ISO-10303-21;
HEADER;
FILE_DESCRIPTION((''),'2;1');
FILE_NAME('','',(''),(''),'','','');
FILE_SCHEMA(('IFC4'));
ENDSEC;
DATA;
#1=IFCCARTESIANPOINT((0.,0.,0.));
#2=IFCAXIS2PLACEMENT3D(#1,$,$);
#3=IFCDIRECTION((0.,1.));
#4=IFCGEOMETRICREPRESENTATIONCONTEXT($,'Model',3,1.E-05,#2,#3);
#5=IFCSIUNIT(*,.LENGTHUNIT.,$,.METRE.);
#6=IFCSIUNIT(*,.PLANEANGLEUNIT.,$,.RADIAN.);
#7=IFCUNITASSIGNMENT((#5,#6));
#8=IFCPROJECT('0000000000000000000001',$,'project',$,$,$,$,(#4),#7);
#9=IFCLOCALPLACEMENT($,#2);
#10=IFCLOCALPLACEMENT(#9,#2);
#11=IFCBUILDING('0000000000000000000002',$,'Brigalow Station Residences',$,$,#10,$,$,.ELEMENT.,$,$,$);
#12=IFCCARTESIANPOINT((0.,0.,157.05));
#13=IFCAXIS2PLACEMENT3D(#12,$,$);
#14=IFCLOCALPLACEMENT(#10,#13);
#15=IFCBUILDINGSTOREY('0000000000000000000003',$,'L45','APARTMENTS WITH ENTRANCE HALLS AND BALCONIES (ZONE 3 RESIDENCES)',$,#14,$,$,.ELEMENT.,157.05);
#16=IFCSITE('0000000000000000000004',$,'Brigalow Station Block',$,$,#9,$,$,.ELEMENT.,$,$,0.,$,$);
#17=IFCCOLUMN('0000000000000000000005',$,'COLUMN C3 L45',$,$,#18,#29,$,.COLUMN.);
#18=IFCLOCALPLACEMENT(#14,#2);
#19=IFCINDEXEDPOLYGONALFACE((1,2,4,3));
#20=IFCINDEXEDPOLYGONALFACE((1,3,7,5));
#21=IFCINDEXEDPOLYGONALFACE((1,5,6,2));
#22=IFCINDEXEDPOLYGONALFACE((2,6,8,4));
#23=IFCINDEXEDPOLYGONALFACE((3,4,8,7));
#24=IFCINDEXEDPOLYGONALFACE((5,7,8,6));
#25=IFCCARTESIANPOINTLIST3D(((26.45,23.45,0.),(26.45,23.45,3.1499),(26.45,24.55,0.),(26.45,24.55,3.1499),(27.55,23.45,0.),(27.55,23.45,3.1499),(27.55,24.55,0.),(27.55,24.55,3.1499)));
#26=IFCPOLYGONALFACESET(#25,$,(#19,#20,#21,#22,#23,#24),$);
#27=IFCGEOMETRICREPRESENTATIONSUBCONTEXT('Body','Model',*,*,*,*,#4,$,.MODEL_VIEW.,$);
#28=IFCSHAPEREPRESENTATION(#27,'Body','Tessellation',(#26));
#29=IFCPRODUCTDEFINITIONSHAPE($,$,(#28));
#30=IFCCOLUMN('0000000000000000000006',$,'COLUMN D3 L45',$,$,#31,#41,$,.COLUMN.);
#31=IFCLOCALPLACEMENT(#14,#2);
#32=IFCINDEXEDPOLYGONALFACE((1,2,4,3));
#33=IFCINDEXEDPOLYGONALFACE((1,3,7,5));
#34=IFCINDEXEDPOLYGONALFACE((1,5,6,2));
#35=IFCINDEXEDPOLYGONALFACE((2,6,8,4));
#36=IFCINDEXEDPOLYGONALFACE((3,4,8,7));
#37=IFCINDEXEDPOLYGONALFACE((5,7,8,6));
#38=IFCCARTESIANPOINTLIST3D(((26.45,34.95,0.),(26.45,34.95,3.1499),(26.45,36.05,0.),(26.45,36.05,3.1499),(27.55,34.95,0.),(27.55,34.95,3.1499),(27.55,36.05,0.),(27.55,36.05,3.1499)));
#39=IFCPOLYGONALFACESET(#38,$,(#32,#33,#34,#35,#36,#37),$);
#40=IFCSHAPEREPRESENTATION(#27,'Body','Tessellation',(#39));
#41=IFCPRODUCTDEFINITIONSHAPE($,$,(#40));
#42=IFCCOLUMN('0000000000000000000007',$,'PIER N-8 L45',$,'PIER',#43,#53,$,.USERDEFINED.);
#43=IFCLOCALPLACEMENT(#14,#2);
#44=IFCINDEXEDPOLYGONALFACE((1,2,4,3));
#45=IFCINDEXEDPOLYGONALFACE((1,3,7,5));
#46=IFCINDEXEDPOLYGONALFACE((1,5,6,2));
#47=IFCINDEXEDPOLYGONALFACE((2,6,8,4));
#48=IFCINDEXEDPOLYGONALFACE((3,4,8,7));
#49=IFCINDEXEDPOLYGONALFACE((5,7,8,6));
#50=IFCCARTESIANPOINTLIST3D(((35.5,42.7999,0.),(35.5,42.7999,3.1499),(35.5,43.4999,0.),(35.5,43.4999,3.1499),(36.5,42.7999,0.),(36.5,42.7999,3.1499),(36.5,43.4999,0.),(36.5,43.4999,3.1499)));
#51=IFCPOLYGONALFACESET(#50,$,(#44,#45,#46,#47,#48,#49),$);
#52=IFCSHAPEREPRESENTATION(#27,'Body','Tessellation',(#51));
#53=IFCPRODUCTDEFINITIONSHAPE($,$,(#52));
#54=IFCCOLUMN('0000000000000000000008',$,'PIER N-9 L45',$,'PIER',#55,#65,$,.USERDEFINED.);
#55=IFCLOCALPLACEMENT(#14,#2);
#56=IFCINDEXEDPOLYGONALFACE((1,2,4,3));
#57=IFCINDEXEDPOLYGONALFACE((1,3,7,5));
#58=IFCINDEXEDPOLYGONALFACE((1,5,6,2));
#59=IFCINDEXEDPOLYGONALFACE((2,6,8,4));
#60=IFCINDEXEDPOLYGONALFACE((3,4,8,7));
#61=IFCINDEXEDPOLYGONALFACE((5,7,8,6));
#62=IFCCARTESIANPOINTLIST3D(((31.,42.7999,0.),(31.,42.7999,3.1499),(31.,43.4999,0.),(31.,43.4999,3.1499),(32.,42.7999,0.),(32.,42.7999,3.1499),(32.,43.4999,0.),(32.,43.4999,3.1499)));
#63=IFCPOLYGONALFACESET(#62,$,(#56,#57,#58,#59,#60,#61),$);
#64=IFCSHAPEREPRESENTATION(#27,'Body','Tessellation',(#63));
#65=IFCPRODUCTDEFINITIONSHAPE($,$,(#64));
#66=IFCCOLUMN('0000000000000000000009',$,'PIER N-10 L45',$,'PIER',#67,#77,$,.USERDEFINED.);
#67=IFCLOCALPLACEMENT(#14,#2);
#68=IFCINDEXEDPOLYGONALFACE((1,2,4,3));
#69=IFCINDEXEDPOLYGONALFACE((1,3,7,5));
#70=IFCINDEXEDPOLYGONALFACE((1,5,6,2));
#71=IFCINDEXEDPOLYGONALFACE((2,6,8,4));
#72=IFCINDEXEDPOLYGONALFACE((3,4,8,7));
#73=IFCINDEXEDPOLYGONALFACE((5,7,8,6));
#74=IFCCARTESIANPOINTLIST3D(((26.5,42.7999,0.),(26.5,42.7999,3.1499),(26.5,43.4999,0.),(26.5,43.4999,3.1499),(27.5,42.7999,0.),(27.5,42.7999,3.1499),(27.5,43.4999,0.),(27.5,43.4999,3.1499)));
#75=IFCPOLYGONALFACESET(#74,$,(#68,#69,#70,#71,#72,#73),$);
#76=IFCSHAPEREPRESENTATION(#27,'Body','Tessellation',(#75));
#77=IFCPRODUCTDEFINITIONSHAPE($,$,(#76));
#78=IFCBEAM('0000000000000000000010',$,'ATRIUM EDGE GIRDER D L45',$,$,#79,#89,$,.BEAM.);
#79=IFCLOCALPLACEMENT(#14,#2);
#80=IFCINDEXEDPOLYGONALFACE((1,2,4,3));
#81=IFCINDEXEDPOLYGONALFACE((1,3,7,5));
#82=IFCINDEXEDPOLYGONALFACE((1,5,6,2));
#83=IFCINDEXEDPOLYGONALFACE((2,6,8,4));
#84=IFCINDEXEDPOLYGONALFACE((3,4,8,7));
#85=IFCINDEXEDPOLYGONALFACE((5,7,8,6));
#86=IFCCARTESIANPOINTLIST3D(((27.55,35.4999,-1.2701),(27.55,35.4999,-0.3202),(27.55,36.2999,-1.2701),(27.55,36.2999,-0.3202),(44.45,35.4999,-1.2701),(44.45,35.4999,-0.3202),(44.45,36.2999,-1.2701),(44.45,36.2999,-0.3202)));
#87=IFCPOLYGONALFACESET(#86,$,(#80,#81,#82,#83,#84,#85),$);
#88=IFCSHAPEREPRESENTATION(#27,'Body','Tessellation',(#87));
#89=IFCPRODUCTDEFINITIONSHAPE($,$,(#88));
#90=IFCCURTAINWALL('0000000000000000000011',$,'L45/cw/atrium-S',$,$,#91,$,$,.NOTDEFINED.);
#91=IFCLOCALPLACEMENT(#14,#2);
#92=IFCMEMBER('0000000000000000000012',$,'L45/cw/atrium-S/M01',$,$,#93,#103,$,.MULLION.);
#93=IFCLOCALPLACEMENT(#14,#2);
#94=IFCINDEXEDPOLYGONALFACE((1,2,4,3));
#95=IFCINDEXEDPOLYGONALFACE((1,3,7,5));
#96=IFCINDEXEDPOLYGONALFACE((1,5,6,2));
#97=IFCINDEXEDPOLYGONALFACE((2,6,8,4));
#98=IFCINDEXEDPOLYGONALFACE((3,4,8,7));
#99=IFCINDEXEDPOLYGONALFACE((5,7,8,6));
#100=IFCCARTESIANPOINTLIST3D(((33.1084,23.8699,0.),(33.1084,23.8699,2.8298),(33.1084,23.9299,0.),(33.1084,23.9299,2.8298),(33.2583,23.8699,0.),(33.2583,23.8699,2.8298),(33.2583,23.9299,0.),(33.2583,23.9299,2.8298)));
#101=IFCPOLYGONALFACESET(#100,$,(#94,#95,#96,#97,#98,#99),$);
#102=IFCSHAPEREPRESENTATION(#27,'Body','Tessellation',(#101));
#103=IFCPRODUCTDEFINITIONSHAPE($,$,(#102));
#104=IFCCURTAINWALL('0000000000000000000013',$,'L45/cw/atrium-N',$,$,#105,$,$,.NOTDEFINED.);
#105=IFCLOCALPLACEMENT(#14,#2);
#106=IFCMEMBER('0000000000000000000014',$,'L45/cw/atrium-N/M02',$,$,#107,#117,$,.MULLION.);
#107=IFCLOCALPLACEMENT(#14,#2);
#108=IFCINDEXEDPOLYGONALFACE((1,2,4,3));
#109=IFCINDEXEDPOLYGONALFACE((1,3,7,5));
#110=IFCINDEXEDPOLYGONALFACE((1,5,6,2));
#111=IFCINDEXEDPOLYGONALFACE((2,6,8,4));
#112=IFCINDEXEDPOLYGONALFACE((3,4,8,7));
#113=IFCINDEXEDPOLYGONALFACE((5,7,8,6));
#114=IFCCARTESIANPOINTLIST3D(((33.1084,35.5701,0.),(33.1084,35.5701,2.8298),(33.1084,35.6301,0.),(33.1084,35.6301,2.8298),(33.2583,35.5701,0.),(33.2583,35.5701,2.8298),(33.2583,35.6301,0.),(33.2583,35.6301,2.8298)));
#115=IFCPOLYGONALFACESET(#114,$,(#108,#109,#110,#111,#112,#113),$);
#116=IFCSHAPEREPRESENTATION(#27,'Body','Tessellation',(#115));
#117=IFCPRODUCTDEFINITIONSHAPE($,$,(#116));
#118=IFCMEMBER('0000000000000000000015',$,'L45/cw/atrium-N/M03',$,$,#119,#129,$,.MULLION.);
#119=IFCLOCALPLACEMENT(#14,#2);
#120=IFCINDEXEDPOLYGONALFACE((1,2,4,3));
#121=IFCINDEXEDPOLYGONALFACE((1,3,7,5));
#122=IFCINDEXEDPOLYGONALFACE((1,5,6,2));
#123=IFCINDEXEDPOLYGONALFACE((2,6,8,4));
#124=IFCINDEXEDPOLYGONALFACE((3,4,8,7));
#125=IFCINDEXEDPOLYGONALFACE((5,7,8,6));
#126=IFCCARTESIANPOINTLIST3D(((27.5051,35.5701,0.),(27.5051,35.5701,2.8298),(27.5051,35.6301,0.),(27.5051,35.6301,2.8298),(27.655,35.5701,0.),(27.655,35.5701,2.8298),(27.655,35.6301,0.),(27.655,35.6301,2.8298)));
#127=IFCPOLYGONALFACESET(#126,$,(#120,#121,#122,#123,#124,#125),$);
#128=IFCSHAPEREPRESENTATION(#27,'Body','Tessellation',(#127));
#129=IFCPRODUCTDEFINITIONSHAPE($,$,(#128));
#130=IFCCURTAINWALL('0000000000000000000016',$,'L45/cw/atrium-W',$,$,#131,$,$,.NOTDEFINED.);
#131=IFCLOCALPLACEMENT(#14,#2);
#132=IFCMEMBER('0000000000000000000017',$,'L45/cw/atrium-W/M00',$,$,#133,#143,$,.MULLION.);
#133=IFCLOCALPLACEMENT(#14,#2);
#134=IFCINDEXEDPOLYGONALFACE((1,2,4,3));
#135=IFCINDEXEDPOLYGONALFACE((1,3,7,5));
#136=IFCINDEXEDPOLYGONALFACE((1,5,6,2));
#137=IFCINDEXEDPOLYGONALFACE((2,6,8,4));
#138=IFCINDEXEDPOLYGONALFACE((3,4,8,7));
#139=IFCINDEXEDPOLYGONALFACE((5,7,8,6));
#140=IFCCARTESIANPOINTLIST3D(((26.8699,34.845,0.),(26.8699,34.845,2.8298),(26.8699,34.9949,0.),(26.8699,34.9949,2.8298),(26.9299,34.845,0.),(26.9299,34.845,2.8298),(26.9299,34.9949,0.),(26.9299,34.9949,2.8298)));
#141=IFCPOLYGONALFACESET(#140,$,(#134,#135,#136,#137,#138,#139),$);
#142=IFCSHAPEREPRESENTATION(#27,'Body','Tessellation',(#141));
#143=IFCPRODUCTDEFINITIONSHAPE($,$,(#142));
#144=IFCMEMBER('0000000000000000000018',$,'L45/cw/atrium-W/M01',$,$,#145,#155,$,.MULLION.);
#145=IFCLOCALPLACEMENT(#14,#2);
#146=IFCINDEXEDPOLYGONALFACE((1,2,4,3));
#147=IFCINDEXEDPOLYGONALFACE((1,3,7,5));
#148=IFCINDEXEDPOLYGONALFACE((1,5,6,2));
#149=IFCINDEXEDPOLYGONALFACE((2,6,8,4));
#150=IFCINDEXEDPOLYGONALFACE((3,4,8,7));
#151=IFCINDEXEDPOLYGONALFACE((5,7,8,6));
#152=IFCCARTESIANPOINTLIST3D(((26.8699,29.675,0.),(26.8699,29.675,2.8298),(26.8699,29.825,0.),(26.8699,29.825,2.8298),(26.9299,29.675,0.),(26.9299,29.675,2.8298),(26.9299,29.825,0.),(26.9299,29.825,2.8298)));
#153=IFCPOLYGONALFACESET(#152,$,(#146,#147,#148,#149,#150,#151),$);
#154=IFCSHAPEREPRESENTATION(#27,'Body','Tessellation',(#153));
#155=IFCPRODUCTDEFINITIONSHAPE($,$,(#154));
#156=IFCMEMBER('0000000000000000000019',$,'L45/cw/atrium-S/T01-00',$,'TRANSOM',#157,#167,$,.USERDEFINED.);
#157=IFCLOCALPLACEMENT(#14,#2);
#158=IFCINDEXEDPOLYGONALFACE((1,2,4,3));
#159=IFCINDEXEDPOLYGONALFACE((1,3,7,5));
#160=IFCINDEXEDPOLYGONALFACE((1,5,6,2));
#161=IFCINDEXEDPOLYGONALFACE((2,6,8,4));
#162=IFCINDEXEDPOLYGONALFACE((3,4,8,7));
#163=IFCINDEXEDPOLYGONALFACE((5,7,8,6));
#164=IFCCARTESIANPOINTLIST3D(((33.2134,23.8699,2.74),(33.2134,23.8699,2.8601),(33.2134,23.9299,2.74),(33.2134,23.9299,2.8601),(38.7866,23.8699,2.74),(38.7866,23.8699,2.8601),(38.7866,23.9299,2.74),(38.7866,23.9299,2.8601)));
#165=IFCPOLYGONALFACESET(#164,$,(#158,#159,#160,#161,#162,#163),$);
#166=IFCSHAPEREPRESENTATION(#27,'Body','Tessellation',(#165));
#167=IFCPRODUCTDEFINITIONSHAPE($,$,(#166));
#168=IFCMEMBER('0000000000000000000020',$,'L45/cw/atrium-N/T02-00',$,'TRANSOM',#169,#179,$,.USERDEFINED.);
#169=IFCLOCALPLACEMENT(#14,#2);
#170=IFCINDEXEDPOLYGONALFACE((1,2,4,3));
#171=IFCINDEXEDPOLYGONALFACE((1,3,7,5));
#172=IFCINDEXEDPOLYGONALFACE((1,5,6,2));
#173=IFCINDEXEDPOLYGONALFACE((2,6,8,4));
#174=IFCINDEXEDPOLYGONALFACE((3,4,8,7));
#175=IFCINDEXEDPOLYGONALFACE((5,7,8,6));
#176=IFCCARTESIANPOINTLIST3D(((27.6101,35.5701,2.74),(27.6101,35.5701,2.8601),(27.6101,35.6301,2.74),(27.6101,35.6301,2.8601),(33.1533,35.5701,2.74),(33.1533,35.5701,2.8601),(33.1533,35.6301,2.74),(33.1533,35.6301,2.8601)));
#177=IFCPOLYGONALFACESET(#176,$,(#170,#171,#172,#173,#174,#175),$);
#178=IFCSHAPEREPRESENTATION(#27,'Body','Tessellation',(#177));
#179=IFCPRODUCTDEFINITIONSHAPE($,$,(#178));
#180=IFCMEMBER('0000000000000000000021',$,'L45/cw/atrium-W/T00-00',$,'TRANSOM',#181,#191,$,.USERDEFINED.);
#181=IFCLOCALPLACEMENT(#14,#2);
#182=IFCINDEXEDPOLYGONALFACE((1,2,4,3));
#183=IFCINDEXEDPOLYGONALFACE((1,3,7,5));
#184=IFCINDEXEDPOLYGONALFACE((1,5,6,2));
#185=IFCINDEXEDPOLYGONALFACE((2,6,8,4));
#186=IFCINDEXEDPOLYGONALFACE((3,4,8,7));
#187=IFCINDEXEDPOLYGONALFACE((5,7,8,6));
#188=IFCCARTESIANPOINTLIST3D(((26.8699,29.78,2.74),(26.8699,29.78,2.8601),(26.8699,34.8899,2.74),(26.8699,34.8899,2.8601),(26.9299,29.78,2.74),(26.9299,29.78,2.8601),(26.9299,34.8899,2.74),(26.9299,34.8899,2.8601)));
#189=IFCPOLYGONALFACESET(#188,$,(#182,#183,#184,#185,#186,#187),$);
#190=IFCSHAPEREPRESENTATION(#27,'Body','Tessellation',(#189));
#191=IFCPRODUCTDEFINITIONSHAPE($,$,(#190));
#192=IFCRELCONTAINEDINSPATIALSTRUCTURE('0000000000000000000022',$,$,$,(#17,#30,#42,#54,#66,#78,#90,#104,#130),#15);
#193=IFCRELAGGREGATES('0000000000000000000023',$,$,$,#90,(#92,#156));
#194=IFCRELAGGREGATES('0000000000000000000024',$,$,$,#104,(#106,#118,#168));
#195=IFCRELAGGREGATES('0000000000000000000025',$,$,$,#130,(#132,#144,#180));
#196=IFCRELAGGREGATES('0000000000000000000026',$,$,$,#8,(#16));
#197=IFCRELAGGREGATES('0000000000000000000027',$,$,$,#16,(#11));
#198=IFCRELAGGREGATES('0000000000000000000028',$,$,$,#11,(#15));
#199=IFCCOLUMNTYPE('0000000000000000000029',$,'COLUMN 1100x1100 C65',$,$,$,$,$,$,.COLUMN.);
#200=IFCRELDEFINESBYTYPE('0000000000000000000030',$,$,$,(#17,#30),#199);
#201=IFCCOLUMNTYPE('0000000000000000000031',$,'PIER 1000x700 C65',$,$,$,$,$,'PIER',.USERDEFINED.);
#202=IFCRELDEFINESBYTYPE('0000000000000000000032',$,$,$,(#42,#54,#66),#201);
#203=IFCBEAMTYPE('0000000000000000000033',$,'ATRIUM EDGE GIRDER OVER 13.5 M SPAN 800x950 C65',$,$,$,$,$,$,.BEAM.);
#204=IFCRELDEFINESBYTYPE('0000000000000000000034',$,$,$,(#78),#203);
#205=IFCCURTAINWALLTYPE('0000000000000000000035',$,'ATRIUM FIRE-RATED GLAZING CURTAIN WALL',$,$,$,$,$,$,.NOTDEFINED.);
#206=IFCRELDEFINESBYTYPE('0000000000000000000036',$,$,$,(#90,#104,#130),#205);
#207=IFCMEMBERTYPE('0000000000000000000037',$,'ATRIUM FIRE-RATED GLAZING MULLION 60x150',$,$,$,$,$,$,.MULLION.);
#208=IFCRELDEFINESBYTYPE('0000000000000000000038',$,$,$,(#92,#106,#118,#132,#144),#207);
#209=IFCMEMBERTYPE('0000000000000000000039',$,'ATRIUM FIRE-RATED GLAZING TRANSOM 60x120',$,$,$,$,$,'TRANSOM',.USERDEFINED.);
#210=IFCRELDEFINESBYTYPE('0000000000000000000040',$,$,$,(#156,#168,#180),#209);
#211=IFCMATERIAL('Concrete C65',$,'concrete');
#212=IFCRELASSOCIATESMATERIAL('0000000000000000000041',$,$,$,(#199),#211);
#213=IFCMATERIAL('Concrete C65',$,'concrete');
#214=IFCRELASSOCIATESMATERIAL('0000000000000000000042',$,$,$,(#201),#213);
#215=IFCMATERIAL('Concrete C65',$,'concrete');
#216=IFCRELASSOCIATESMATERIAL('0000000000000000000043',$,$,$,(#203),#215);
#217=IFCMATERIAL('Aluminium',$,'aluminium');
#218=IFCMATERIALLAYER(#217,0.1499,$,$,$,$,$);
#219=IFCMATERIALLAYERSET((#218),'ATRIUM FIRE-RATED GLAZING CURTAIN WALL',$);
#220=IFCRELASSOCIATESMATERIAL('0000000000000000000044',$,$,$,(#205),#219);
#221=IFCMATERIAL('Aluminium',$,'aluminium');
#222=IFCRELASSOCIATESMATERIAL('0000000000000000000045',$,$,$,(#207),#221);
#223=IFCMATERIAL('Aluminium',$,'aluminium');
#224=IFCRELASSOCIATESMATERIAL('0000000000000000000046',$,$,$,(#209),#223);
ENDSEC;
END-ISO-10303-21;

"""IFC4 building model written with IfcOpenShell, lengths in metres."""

from ifc_helpers import new_model, si_unit, direction, frame, origin, origin_2d, place, context, subcontext, project, spatial, rectangle, extrude, material, layer, layer_set, material_profile, profile_set, type_object, element, aggregate, save


model = new_model("IFC4")

# Units and contexts
model_context = context("Model", 3, precision=1e-05, world=origin(), true_north=direction((0.0, 1.0)))
body_context = subcontext(model_context, "Body", "Model", "MODEL_VIEW")
ifc_project = project(units=[si_unit("LENGTHUNIT", "METRE"), si_unit("PLANEANGLEUNIT", "RADIAN")], contexts=[model_context])

# Site, building, storey
site_placement = place(None, origin())
site = spatial("IfcSite", under=ifc_project, at=site_placement, Name="Brigalow Station Block", CompositionType="ELEMENT", RefElevation=0.0)
building_placement = place(site_placement, origin())
building = spatial("IfcBuilding", under=site, at=building_placement, Name="Brigalow Station Residences", CompositionType="ELEMENT")
storey_placement = place(building_placement, frame((0.0, 0.0, 157.05)))
storey = spatial("IfcBuildingStorey", under=building, at=storey_placement, Name="L45", Description="APARTMENTS WITH ENTRANCE HALLS AND BALCONIES (ZONE 3 RESIDENCES)", CompositionType="ELEMENT", Elevation=157.05)

# Columns
ifc_material_1 = material(Name="Concrete C65", Category="concrete")
ifc_material_profile_1 = material_profile(ifc_material_1, rectangle(XDim=1.1001, YDim=1.1001, at=origin_2d()), Name="RC1100x1100")
ifc_profile_set_1 = profile_set([ifc_material_profile_1], Name="Concrete C65")
column_type_1 = type_object("IfcColumnType", Name="COLUMN 1100x1100 C65", PredefinedType="COLUMN", material=ifc_profile_set_1)
for number, where, z_axis, x_axis, name in (
    (1, (27.0, 24.0, 0.0), (0.0, 0.0, 1.0), (1.0, 0.0, 0.0), "COLUMN C3 L45"),
    (2, (27.0, 35.5, 0.0), (0.0, 0.0, 1.0), (1.0, 0.0, 0.0), "COLUMN D3 L45"),
):
    element("IfcColumn", number, at=place(storey_placement, frame(where, z_axis=z_axis, x_axis=x_axis)), inside=storey, type_object=column_type_1, Name=name, PredefinedType="COLUMN", context=body_context, shape_type="SweptSolid", body=[
        extrude(rectangle(XDim=1.1001, YDim=1.1001, at=origin_2d()), origin(), (0.0, 0.0, 1.0), 3.1499),
    ])
ifc_material_2 = material(Name="Concrete C65", Category="concrete")
ifc_material_profile_2 = material_profile(ifc_material_2, rectangle(XDim=1.0, YDim=0.7, at=origin_2d()), Name="RC1000x700")
ifc_profile_set_2 = profile_set([ifc_material_profile_2], Name="Concrete C65")
column_type_2 = type_object("IfcColumnType", Name="PIER 1000x700 C65", ElementType="PIER", PredefinedType="USERDEFINED", material=ifc_profile_set_2)
for number, where, z_axis, x_axis, name in (
    (3, (36.0, 43.1499, 0.0), (0.0, 0.0, 1.0), (-1.0, 0.0, 0.0), "PIER N-8 L45"),
    (4, (31.5, 43.1499, 0.0), (0.0, 0.0, 1.0), (-1.0, 0.0, 0.0), "PIER N-9 L45"),
    (5, (27.0, 43.1499, 0.0), (0.0, 0.0, 1.0), (-1.0, 0.0, 0.0), "PIER N-10 L45"),
):
    element("IfcColumn", number, at=place(storey_placement, frame(where, z_axis=z_axis, x_axis=x_axis)), inside=storey, type_object=column_type_2, Name=name, ObjectType="PIER", PredefinedType="USERDEFINED", context=body_context, shape_type="SweptSolid", body=[
        extrude(rectangle(XDim=1.0, YDim=0.7, at=origin_2d()), origin(), (0.0, 0.0, 1.0), 3.1499),
    ])

# Beam
ifc_material_3 = material(Name="Concrete C65", Category="concrete")
ifc_material_profile_3 = material_profile(ifc_material_3, rectangle(XDim=0.8, YDim=0.95, at=origin_2d()), Name="RC800x950")
ifc_profile_set_3 = profile_set([ifc_material_profile_3], Name="Concrete C65")
beam_type = type_object("IfcBeamType", Name="ATRIUM EDGE GIRDER OVER 13.5 M SPAN 800x950 C65", PredefinedType="BEAM", material=ifc_profile_set_3)
beam_placement = place(storey_placement, frame((27.55, 35.8999, -0.7952), z_axis=(1.0, 0.0, 0.0), x_axis=(0.0, 1.0, 0.0)))
element("IfcBeam", 6, at=beam_placement, inside=storey, type_object=beam_type, Name="ATRIUM EDGE GIRDER D L45", PredefinedType="BEAM", context=body_context, shape_type="SweptSolid", body=[
    extrude(rectangle(XDim=0.8, YDim=0.95, at=origin_2d()), origin(), (0.0, 0.0, 1.0), 16.8999),
])

# Curtain wall, member
ifc_material_4 = material(Name="Aluminium", Category="aluminium")
ifc_layer_1 = layer(ifc_material_4, 0.1499)
ifc_layer_set_1 = layer_set([ifc_layer_1], Name="ATRIUM FIRE-RATED GLAZING CURTAIN WALL")
curtain_wall_type = type_object("IfcCurtainWallType", Name="ATRIUM FIRE-RATED GLAZING CURTAIN WALL", PredefinedType="NOTDEFINED", material=ifc_layer_set_1)
curtain_wall_1_placement = place(storey_placement, origin())
curtain_wall_1 = element("IfcCurtainWall", 7, at=curtain_wall_1_placement, inside=storey, type_object=curtain_wall_type, Name="L45/cw/atrium-S", PredefinedType="NOTDEFINED")
ifc_material_5 = material(Name="Aluminium", Category="aluminium")
ifc_material_profile_4 = material_profile(ifc_material_5, rectangle(XDim=0.0601, YDim=0.1499, at=origin_2d()), Name="ATRIUM FIRE-RATED GLAZING MULLION 60x150")
ifc_profile_set_4 = profile_set([ifc_material_profile_4], Name="Aluminium")
member_type_1 = type_object("IfcMemberType", Name="ATRIUM FIRE-RATED GLAZING MULLION 60x150", PredefinedType="MULLION", material=ifc_profile_set_4)
member_1_placement = place(storey_placement, frame((33.1833, 23.8999, 0.0), z_axis=(0.0, 0.0, 1.0), x_axis=(0.0, 1.0, 0.0)))
member_1 = element("IfcMember", 8, at=member_1_placement, type_object=member_type_1, Name="L45/cw/atrium-S/M01", PredefinedType="MULLION", context=body_context, shape_type="SweptSolid", body=[
    extrude(rectangle(XDim=0.0601, YDim=0.1499, at=origin_2d()), origin(), (0.0, 0.0, 1.0), 2.8298),
])

# Curtain walls, members
curtain_wall_2_placement = place(storey_placement, origin())
curtain_wall_2 = element("IfcCurtainWall", 9, at=curtain_wall_2_placement, inside=storey, type_object=curtain_wall_type, Name="L45/cw/atrium-N", PredefinedType="NOTDEFINED")
member_2_placement = place(storey_placement, frame((33.1833, 35.6001, 0.0), z_axis=(0.0, 0.0, 1.0), x_axis=(0.0, -1.0, 0.0)))
member_2 = element("IfcMember", 10, at=member_2_placement, type_object=member_type_1, Name="L45/cw/atrium-N/M02", PredefinedType="MULLION", context=body_context, shape_type="SweptSolid", body=[
    extrude(rectangle(XDim=0.0601, YDim=0.1499, at=origin_2d()), origin(), (0.0, 0.0, 1.0), 2.8298),
])
member_3_placement = place(storey_placement, frame((27.5801, 35.6001, 0.0), z_axis=(0.0, 0.0, 1.0), x_axis=(0.0, -1.0, 0.0)))
member_3 = element("IfcMember", 11, at=member_3_placement, type_object=member_type_1, Name="L45/cw/atrium-N/M03", PredefinedType="MULLION", context=body_context, shape_type="SweptSolid", body=[
    extrude(rectangle(XDim=0.0601, YDim=0.1499, at=origin_2d()), origin(), (0.0, 0.0, 1.0), 2.8298),
])
curtain_wall_3_placement = place(storey_placement, origin())
curtain_wall_3 = element("IfcCurtainWall", 12, at=curtain_wall_3_placement, inside=storey, type_object=curtain_wall_type, Name="L45/cw/atrium-W", PredefinedType="NOTDEFINED")
member_4_placement = place(storey_placement, frame((26.8999, 34.9199, 0.0), z_axis=(0.0, 0.0, 1.0), x_axis=(1.0, 0.0, 0.0)))
member_4 = element("IfcMember", 13, at=member_4_placement, type_object=member_type_1, Name="L45/cw/atrium-W/M00", PredefinedType="MULLION", context=body_context, shape_type="SweptSolid", body=[
    extrude(rectangle(XDim=0.0601, YDim=0.1499, at=origin_2d()), origin(), (0.0, 0.0, 1.0), 2.8298),
])
member_5_placement = place(storey_placement, frame((26.8999, 29.75, 0.0), z_axis=(0.0, 0.0, 1.0), x_axis=(1.0, 0.0, 0.0)))
member_5 = element("IfcMember", 14, at=member_5_placement, type_object=member_type_1, Name="L45/cw/atrium-W/M01", PredefinedType="MULLION", context=body_context, shape_type="SweptSolid", body=[
    extrude(rectangle(XDim=0.0601, YDim=0.1499, at=origin_2d()), origin(), (0.0, 0.0, 1.0), 2.8298),
])

# Members
ifc_material_6 = material(Name="Aluminium", Category="aluminium")
ifc_material_profile_5 = material_profile(ifc_material_6, rectangle(XDim=0.0601, YDim=0.1201, at=origin_2d()), Name="ATRIUM FIRE-RATED GLAZING TRANSOM 60x120")
ifc_profile_set_5 = profile_set([ifc_material_profile_5], Name="Aluminium")
member_type_2 = type_object("IfcMemberType", Name="ATRIUM FIRE-RATED GLAZING TRANSOM 60x120", ElementType="TRANSOM", PredefinedType="USERDEFINED", material=ifc_profile_set_5)
member_6_placement = place(storey_placement, frame((33.2134, 23.8999, 2.8), z_axis=(1.0, 0.0, 0.0), x_axis=(0.0, 1.0, 0.0)))
member_6 = element("IfcMember", 15, at=member_6_placement, type_object=member_type_2, Name="L45/cw/atrium-S/T01-00", ObjectType="TRANSOM", PredefinedType="USERDEFINED", context=body_context, shape_type="SweptSolid", body=[
    extrude(rectangle(XDim=0.0601, YDim=0.1201, at=origin_2d()), origin(), (0.0, 0.0, 1.0), 5.5732),
])
member_7_placement = place(storey_placement, frame((33.1533, 35.6001, 2.8), z_axis=(-1.0, 0.0, 0.0), x_axis=(0.0, -1.0, 0.0)))
member_7 = element("IfcMember", 16, at=member_7_placement, type_object=member_type_2, Name="L45/cw/atrium-N/T02-00", ObjectType="TRANSOM", PredefinedType="USERDEFINED", context=body_context, shape_type="SweptSolid", body=[
    extrude(rectangle(XDim=0.0601, YDim=0.1201, at=origin_2d()), origin(), (0.0, 0.0, 1.0), 5.5432),
])
member_8_placement = place(storey_placement, frame((26.8999, 34.8899, 2.8), z_axis=(0.0, -1.0, 0.0), x_axis=(1.0, 0.0, 0.0)))
member_8 = element("IfcMember", 17, at=member_8_placement, type_object=member_type_2, Name="L45/cw/atrium-W/T00-00", ObjectType="TRANSOM", PredefinedType="USERDEFINED", context=body_context, shape_type="SweptSolid", body=[
    extrude(rectangle(XDim=0.0601, YDim=0.1201, at=origin_2d()), origin(), (0.0, 0.0, 1.0), 5.1099),
])

aggregate(curtain_wall_1, [member_1, member_6])
aggregate(curtain_wall_2, [member_2, member_3, member_7])
aggregate(curtain_wall_3, [member_4, member_5, member_8])

save(model, "model.ifc")
